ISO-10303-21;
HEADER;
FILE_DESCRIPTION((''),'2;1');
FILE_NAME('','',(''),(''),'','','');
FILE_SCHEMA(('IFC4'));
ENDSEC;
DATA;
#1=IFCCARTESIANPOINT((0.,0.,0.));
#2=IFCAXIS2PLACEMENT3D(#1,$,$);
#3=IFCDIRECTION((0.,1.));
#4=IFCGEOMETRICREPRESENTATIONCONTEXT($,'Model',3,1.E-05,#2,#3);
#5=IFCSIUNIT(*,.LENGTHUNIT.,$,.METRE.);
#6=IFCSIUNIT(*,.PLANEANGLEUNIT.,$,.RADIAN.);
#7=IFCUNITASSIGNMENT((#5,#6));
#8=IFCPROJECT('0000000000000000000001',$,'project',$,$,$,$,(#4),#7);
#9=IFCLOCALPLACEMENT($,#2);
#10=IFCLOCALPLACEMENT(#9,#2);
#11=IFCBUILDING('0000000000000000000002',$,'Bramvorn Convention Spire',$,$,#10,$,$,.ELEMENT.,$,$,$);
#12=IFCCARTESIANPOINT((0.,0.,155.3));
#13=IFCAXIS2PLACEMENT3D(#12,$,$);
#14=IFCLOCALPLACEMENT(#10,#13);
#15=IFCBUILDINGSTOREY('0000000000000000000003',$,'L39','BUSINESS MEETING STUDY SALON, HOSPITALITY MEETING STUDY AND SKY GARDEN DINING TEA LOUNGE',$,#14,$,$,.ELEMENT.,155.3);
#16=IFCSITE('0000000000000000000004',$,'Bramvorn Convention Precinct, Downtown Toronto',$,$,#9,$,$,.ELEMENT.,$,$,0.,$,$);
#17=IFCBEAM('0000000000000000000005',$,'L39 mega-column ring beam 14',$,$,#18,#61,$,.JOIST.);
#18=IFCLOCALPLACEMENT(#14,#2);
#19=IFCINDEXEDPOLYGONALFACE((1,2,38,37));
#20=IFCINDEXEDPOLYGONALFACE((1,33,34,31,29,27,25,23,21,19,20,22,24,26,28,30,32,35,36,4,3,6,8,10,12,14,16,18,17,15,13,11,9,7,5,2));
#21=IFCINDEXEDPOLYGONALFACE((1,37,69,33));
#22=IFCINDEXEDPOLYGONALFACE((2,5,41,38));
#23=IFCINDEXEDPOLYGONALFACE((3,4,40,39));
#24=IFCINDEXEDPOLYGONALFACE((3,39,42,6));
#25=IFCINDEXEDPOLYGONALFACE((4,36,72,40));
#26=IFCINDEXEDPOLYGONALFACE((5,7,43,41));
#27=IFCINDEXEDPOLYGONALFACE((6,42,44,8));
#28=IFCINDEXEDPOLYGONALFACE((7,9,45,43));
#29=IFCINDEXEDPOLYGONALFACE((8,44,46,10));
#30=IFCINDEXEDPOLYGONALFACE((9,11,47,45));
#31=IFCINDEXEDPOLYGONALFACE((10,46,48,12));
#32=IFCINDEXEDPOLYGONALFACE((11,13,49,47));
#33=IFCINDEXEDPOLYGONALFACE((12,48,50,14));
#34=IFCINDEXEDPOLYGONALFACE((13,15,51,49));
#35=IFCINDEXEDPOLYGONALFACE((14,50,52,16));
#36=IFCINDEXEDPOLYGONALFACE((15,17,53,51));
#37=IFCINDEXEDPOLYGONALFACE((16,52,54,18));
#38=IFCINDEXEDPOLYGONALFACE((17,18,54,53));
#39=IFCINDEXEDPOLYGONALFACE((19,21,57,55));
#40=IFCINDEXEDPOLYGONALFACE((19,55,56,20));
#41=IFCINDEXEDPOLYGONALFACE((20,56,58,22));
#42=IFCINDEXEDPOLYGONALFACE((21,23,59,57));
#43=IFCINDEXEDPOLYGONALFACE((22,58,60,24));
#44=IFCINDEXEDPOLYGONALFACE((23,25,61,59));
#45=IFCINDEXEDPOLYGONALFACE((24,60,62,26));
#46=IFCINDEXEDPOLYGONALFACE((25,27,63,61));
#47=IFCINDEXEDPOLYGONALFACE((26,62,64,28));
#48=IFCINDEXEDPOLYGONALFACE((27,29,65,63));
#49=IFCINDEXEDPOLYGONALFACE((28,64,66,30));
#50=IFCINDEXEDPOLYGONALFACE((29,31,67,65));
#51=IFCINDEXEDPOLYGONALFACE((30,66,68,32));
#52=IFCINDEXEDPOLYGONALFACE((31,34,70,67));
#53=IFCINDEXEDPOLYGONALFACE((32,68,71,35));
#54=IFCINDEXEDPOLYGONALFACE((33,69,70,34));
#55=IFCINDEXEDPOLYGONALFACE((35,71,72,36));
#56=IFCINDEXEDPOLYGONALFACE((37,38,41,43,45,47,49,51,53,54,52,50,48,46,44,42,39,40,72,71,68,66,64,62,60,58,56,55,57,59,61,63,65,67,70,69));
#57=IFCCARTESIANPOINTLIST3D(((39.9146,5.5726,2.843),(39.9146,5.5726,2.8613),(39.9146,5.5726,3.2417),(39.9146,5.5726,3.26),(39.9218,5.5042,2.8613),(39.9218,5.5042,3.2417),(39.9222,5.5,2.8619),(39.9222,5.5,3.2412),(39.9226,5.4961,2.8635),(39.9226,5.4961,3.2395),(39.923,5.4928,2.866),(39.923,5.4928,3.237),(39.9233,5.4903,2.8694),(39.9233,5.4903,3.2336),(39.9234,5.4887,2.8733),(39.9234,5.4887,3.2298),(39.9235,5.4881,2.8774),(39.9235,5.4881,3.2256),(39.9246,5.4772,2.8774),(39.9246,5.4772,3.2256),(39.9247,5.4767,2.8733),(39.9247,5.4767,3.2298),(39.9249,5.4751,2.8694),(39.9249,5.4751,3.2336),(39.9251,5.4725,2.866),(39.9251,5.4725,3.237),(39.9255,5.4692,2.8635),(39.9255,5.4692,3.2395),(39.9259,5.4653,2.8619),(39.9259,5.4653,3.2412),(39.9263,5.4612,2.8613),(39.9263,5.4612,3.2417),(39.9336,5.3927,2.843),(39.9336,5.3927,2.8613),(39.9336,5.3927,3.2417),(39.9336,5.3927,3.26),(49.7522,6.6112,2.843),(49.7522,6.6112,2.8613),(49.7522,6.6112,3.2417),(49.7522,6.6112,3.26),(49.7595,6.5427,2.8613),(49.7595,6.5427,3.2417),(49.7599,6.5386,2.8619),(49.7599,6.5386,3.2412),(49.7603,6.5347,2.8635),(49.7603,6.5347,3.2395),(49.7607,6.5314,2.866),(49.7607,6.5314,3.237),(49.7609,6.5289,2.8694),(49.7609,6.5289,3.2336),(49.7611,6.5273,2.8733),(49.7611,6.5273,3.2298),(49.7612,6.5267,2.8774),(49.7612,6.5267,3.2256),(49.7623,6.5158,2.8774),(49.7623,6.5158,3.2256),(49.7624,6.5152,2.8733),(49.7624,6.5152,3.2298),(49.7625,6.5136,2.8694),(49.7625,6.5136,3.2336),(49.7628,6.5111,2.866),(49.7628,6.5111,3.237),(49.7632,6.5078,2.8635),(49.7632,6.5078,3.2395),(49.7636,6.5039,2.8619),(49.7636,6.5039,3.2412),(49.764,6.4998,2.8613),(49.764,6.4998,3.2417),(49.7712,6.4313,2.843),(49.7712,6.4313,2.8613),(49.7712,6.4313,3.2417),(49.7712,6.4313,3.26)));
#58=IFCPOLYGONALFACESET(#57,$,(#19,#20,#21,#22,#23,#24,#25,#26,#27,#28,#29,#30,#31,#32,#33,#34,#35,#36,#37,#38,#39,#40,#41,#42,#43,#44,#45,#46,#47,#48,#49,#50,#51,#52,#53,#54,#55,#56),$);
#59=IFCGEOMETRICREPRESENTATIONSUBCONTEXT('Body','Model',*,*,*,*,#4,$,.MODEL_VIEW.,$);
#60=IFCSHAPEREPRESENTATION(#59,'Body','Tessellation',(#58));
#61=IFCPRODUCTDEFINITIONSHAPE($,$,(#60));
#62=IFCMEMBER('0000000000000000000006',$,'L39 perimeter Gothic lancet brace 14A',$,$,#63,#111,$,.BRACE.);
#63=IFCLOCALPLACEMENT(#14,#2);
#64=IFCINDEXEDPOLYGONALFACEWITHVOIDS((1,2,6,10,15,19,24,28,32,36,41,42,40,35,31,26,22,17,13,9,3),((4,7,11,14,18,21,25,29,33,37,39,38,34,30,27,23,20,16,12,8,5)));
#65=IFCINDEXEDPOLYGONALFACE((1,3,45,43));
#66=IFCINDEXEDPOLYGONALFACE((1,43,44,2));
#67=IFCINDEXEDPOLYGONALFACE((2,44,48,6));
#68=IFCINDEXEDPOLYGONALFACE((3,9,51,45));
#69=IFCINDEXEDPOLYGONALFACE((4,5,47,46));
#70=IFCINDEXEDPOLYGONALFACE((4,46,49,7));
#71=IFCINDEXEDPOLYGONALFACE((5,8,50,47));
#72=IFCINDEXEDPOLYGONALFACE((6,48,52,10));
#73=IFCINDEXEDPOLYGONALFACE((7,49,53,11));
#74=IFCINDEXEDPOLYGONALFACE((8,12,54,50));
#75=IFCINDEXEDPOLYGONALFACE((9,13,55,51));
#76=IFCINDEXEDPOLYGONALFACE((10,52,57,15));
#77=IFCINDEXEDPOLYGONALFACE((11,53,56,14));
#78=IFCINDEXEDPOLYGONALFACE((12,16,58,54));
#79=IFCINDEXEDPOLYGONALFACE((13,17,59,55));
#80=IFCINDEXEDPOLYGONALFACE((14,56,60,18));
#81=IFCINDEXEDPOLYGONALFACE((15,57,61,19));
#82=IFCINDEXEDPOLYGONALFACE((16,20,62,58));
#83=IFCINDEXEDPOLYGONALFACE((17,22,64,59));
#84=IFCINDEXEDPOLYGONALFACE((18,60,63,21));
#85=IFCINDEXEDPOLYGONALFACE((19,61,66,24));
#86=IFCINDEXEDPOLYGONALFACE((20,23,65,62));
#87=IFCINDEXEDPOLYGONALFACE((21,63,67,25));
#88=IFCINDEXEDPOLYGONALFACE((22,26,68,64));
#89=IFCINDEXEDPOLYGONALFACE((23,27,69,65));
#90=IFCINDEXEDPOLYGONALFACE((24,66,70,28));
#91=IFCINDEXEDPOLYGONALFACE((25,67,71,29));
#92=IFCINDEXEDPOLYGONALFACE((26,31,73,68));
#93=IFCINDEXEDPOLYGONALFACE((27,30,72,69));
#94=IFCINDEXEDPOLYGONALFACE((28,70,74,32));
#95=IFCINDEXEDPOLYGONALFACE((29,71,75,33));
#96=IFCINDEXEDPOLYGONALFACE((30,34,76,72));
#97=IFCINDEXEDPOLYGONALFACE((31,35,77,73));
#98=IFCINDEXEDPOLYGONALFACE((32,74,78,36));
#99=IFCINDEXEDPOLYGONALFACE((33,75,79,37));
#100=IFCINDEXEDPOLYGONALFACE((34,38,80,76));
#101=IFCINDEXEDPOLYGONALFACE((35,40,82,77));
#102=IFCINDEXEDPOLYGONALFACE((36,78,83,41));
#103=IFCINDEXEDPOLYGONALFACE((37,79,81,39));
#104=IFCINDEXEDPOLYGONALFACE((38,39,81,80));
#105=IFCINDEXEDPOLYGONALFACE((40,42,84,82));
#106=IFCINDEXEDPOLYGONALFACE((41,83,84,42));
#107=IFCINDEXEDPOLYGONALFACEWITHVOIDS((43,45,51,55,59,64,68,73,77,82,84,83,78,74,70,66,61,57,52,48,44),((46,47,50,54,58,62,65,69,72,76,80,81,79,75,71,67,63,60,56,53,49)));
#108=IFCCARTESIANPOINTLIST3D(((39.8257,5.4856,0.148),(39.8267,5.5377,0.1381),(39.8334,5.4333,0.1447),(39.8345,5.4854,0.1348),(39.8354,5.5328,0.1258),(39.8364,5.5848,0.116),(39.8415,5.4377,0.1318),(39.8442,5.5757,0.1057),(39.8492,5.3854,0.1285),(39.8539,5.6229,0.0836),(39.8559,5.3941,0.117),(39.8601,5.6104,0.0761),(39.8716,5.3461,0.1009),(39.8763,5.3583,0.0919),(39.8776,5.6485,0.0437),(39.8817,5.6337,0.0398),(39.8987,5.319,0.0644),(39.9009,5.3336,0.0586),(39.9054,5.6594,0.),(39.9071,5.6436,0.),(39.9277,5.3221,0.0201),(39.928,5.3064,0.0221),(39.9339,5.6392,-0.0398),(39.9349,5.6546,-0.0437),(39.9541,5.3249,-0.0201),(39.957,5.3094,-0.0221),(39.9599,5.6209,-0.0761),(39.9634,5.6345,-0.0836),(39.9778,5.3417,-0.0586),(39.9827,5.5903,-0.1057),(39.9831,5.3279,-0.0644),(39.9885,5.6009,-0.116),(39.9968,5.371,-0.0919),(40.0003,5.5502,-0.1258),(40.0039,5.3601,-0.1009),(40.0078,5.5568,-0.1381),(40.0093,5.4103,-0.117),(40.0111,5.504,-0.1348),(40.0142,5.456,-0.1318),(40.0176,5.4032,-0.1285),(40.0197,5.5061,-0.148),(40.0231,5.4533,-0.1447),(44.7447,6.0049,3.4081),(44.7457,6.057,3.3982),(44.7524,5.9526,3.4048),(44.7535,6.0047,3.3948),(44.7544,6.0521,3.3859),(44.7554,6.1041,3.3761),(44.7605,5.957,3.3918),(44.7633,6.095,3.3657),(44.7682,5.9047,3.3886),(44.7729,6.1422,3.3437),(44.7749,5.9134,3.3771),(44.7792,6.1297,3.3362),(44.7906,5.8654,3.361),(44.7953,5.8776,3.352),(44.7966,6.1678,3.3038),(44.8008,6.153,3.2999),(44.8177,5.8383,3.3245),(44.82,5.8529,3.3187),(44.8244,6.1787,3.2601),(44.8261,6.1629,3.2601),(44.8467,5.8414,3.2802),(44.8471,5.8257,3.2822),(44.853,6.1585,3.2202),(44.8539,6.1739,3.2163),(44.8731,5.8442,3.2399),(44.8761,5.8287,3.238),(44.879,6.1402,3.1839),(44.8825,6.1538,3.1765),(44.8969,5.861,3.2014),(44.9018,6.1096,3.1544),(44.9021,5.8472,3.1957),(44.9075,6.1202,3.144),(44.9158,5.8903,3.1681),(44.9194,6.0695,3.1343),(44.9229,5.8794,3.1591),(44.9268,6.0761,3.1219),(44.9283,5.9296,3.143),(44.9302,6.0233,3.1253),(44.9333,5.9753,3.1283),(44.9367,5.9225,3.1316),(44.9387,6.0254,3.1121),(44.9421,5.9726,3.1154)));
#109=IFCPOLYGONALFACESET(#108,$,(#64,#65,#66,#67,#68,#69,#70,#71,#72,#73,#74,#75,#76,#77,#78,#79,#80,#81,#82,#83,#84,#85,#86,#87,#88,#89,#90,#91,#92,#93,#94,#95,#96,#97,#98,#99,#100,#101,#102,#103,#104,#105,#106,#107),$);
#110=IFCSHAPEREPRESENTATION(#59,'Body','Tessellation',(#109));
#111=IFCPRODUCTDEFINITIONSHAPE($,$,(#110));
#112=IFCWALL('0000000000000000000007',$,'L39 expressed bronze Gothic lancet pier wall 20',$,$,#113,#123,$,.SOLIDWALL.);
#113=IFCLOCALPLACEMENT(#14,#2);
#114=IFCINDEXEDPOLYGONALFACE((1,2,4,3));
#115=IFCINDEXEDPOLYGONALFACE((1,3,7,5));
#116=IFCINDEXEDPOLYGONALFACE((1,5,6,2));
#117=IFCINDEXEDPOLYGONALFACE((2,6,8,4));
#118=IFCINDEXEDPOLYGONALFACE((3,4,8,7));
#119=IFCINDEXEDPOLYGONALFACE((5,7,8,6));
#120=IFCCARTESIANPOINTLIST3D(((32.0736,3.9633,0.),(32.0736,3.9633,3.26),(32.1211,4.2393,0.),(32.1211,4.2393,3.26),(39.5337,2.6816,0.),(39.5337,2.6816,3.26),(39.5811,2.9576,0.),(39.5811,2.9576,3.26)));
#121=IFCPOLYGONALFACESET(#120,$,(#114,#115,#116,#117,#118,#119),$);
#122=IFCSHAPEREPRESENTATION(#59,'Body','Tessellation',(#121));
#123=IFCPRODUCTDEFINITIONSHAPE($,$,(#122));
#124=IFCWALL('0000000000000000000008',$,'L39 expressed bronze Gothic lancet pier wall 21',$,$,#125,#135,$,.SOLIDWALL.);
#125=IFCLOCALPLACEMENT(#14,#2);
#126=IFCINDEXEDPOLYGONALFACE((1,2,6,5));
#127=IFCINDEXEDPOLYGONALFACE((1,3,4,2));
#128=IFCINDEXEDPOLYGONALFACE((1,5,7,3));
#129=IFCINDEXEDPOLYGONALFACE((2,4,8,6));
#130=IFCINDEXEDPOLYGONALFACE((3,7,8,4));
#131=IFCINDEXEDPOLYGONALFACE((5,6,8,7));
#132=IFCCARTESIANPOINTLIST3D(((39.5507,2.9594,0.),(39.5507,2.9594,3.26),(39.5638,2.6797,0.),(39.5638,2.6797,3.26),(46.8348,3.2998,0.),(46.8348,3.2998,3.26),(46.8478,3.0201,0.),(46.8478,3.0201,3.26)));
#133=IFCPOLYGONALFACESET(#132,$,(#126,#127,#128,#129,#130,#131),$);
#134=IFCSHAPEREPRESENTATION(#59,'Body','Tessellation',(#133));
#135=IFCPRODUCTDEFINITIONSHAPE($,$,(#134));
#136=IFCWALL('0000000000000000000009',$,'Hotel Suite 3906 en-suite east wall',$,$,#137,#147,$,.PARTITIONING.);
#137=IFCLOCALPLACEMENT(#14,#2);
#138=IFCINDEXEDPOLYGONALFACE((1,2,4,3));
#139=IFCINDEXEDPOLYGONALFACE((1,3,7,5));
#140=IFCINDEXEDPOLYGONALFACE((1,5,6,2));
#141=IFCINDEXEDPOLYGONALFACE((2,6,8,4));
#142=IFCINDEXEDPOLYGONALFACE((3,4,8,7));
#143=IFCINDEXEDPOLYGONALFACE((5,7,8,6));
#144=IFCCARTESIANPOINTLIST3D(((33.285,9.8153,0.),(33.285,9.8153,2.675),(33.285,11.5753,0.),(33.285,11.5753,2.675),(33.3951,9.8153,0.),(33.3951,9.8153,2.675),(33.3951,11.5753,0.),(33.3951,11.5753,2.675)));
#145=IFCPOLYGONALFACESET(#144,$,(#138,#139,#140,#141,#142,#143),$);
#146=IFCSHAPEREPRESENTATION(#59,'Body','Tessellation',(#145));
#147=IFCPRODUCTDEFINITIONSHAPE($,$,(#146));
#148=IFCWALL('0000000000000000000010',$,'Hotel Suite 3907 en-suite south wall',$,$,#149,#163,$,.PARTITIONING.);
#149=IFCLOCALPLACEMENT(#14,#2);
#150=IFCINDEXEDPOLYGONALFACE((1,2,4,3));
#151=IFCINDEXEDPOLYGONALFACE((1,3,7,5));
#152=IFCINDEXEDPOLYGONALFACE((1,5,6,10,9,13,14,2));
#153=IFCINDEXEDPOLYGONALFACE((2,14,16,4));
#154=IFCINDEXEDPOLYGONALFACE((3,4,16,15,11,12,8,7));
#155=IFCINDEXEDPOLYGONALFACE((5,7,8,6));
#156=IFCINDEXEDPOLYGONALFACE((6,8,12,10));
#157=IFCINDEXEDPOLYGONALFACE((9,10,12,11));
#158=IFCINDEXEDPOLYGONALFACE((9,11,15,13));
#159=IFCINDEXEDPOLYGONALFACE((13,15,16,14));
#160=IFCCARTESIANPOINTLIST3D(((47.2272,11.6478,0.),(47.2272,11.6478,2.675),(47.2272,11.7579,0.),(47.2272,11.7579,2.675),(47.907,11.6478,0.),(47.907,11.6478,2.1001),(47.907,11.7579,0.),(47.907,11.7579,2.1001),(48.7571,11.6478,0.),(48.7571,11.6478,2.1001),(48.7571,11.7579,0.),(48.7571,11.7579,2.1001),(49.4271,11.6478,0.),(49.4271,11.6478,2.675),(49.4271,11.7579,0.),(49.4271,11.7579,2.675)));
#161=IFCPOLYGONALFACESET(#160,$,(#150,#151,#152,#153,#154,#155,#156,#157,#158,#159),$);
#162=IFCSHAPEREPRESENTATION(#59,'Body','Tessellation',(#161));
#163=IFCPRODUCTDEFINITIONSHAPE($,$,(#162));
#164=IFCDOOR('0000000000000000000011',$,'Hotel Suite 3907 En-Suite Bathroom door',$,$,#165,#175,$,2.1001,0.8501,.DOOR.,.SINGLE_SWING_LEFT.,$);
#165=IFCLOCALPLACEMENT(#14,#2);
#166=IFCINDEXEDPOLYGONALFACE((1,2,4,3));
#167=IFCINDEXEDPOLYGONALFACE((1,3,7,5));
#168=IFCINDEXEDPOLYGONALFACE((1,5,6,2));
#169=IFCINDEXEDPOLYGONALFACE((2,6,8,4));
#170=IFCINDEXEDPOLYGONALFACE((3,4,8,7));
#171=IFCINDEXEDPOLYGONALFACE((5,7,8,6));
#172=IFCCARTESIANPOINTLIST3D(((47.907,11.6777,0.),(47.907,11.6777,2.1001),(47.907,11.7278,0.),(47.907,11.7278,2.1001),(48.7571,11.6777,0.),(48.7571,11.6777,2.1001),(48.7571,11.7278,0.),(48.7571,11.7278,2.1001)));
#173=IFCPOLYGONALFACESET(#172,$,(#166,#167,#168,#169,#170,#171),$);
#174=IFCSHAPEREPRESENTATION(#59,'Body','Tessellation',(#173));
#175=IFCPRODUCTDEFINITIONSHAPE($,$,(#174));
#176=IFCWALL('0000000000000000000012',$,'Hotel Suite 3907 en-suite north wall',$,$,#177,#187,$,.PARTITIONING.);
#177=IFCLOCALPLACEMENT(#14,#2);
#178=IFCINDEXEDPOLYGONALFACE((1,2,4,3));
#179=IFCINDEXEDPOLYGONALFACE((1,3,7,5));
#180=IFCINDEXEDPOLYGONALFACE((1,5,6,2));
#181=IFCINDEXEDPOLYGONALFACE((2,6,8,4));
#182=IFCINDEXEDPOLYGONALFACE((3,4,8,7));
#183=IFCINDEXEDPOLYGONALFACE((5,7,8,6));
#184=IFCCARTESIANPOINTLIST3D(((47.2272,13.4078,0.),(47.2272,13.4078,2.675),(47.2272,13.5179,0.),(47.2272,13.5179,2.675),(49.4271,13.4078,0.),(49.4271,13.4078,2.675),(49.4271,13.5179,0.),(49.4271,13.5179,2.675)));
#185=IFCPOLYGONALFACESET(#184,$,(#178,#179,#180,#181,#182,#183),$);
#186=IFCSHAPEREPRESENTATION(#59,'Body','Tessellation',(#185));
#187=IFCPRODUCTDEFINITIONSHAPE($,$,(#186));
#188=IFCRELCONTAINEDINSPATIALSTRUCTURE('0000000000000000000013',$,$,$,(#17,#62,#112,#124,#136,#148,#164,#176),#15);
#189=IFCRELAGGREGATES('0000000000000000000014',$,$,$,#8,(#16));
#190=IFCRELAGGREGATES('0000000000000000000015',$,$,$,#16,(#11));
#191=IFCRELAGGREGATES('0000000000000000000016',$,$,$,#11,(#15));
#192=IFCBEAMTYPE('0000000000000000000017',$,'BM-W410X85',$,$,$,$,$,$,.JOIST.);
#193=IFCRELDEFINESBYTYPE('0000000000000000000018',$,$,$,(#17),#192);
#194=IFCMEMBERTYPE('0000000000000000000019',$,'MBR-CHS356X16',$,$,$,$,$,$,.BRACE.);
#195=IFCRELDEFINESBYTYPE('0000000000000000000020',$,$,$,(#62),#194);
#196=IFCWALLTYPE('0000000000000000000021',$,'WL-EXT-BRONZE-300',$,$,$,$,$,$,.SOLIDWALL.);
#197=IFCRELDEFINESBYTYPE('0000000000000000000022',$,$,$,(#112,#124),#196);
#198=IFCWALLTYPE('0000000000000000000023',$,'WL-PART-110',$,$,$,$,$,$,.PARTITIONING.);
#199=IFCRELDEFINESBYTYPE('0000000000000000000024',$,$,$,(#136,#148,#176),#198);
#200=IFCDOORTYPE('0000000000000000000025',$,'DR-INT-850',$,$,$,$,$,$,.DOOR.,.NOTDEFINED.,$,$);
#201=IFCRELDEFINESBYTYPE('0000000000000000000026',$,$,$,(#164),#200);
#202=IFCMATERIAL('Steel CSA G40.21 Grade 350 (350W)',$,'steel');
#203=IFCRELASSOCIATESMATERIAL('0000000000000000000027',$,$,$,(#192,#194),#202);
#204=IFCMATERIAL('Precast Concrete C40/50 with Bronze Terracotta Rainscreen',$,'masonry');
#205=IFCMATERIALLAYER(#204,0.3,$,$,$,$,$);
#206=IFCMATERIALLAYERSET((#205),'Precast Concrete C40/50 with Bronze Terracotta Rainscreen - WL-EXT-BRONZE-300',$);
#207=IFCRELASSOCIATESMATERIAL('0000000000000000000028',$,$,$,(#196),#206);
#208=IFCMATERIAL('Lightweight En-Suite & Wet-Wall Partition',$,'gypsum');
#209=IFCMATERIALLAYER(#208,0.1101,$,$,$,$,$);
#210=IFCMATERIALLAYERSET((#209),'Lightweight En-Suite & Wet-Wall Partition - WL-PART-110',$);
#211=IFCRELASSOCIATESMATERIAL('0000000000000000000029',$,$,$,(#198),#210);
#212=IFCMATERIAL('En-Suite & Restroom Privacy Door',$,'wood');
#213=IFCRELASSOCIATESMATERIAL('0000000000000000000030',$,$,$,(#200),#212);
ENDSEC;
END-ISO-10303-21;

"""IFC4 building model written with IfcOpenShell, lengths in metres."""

from ifc_helpers import new_model, si_unit, direction, frame, frame_2d, origin, origin_2d, place, context, subcontext, project, spatial, rectangle, hollow_circle, i_section, extrude, material, layer, layer_set, material_profile, profile_set, type_object, element, fill, save


model = new_model("IFC4")

# Units and contexts
model_context = context("Model", 3, precision=1e-05, world=origin(), true_north=direction((0.0, 1.0)))
body_context = subcontext(model_context, "Body", "Model", "MODEL_VIEW")
ifc_project = project(units=[si_unit("LENGTHUNIT", "METRE"), si_unit("PLANEANGLEUNIT", "RADIAN")], contexts=[model_context])

# Site, building, storey
site_placement = place(None, origin())
site = spatial("IfcSite", under=ifc_project, at=site_placement, Name="Bramvorn Convention Precinct, Downtown Toronto", CompositionType="ELEMENT", RefElevation=0.0)
building_placement = place(site_placement, origin())
building = spatial("IfcBuilding", under=site, at=building_placement, Name="Bramvorn Convention Spire", CompositionType="ELEMENT")
storey_placement = place(building_placement, frame((0.0, 0.0, 155.3)))
storey = spatial("IfcBuildingStorey", under=building, at=storey_placement, Name="L39", Description="BUSINESS MEETING STUDY SALON, HOSPITALITY MEETING STUDY AND SKY GARDEN DINING TEA LOUNGE", CompositionType="ELEMENT", Elevation=155.3)

# Shared definitions
ifc_material_1 = material(Name="Steel CSA G40.21 Grade 350 (350W)", Category="steel")

# Beam
ifc_material_profile_1 = material_profile(ifc_material_1, i_section(OverallWidth=0.1809, OverallDepth=0.417, WebThickness=0.011, FlangeThickness=0.0183, FilletRadius=0.0161, at=origin_2d()))
ifc_profile_set_1 = profile_set([ifc_material_profile_1], Name="Steel CSA G40.21 Grade 350 (350W) - W410X85")
beam_type_1 = type_object("IfcBeamType", Name="BM-W410X85", PredefinedType="JOIST", material=ifc_profile_set_1)
beam_1_placement = place(storey_placement, frame((39.9241, 5.4827, 3.0515), z_axis=(0.994473, 0.104988, 0.0), x_axis=(-0.104988, 0.994473, 0.0)))
element("IfcBeam", 1, at=beam_1_placement, inside=storey, type_object=beam_type_1, Name="L39 mega-column ring beam 14", PredefinedType="JOIST", context=body_context, shape_type="SweptSolid", body=[
    extrude(i_section(OverallWidth=0.1809, OverallDepth=0.417, WebThickness=0.011, FlangeThickness=0.0183, FilletRadius=0.0161, at=origin_2d()), origin(), (0.0, 0.0, 1.0), 9.8923),
])

# Member
ifc_material_profile_2 = material_profile(ifc_material_1, hollow_circle(Radius=0.1777, WallThickness=0.0159, at=origin_2d()))
ifc_profile_set_2 = profile_set([ifc_material_profile_2], Name="Steel CSA G40.21 Grade 350 (350W) - CHS356X16")
member_type = type_object("IfcMemberType", Name="MBR-CHS356X16", PredefinedType="BRACE", material=ifc_profile_set_2)
member_placement = place(storey_placement, frame((39.9241, 5.4827, 0.0), z_axis=(0.830347, 0.087659, 0.550309), x_axis=(-0.104985, 0.994474, 0.0)))
element("IfcMember", 2, at=member_placement, inside=storey, type_object=member_type, Name="L39 perimeter Gothic lancet brace 14A", PredefinedType="BRACE", context=body_context, shape_type="SweptSolid", body=[
    extrude(hollow_circle(Radius=0.1777, WallThickness=0.0159, at=origin_2d()), origin(), (0.0, 0.0, 1.0), 5.9241),
])

# Walls
ifc_material_2 = material(Name="Precast Concrete C40/50 with Bronze Terracotta Rainscreen", Category="masonry")
ifc_layer_1 = layer(ifc_material_2, 0.3)
ifc_layer_set_1 = layer_set([ifc_layer_1], Name="Precast Concrete C40/50 with Bronze Terracotta Rainscreen - WL-EXT-BRONZE-300")
wall_type_1 = type_object("IfcWallType", Name="WL-EXT-BRONZE-300", PredefinedType="SOLIDWALL", material=ifc_layer_set_1)
wall_1_placement = place(storey_placement, frame((39.5574, 2.8196, 0.0), z_axis=(0.0, 0.0, 1.0), x_axis=(-0.985559, 0.169334, 0.0)))
element("IfcWall", 3, at=wall_1_placement, inside=storey, type_object=wall_type_1, Name="L39 expressed bronze Gothic lancet pier wall 20", PredefinedType="SOLIDWALL", context=body_context, shape_type="SweptSolid", body=[
    extrude(rectangle(XDim=7.5693, YDim=0.28, at=frame_2d((3.7847, 0.0))), origin(), (0.0, 0.0, 1.0), 3.26),
])
wall_2_placement = place(storey_placement, frame((46.8413, 3.1599, 0.0), z_axis=(0.0, 0.0, 1.0), x_axis=(-0.99891, -0.046673, 0.0)))
element("IfcWall", 4, at=wall_2_placement, inside=storey, type_object=wall_type_1, Name="L39 expressed bronze Gothic lancet pier wall 21", PredefinedType="SOLIDWALL", context=body_context, shape_type="SweptSolid", body=[
    extrude(rectangle(XDim=7.292, YDim=0.28, at=frame_2d((3.646, 0.0))), origin(), (0.0, 0.0, 1.0), 3.26),
])
ifc_material_3 = material(Name="Lightweight En-Suite & Wet-Wall Partition", Category="gypsum")
ifc_layer_2 = layer(ifc_material_3, 0.1101)
ifc_layer_set_2 = layer_set([ifc_layer_2], Name="Lightweight En-Suite & Wet-Wall Partition - WL-PART-110")
wall_type_2 = type_object("IfcWallType", Name="WL-PART-110", PredefinedType="PARTITIONING", material=ifc_layer_set_2)
wall_3_placement = place(storey_placement, frame((33.3401, 9.8154, 0.0), z_axis=(0.0, 0.0, 1.0), x_axis=(0.0, 1.0, 0.0)))
element("IfcWall", 5, at=wall_3_placement, inside=storey, type_object=wall_type_2, Name="Hotel Suite 3906 en-suite east wall", PredefinedType="PARTITIONING", context=body_context, shape_type="SweptSolid", body=[
    extrude(rectangle(XDim=1.76, YDim=0.1101, at=frame_2d((0.8799, 0.0))), origin(), (0.0, 0.0, 1.0), 2.675),
])

# Wall, opening, door
wall_4_placement = place(storey_placement, frame((47.2271, 11.7029, 0.0), z_axis=(0.0, 0.0, 1.0), x_axis=(1.0, 0.0, 0.0)))
wall_4 = element("IfcWall", 6, at=wall_4_placement, inside=storey, type_object=wall_type_2, Name="Hotel Suite 3907 en-suite south wall", PredefinedType="PARTITIONING", context=body_context, shape_type="SweptSolid", body=[
    extrude(rectangle(XDim=2.2, YDim=0.1101, at=frame_2d((1.1001, 0.0))), origin(), (0.0, 0.0, 1.0), 2.675),
])
opening_1_placement = place(wall_4_placement, frame((0.6799, 0.0, 0.0)))
opening_1 = element("IfcOpeningElement", 7, at=opening_1_placement, cuts=wall_4, PredefinedType="OPENING", context=body_context, shape_type="SweptSolid", body=[
    extrude(rectangle(XDim=0.8501, YDim=2.1001, at=frame_2d((0.425, 1.05))), frame((0.0, 0.0649, 0.0), z_axis=(0.0, -1.0, 0.0), x_axis=(1.0, 0.0, 0.0)), (0.0, 0.0, 1.0), 0.1301),
])
ifc_material_4 = material(Name="En-Suite & Restroom Privacy Door", Category="wood")
door_type_1 = type_object("IfcDoorType", Name="DR-INT-850", OperationType="NOTDEFINED", PredefinedType="DOOR", material=ifc_material_4)
door_1_placement = place(opening_1_placement, origin())
door_1 = element("IfcDoor", 8, at=door_1_placement, inside=storey, type_object=door_type_1, Name="Hotel Suite 3907 En-Suite Bathroom door", OperationType="SINGLE_SWING_LEFT", OverallHeight=2.1001, OverallWidth=0.8501, PredefinedType="DOOR", context=body_context, shape_type="SweptSolid", body=[
    extrude(rectangle(XDim=0.8501, YDim=2.1001, at=frame_2d((0.425, 1.05))), frame((0.0, 0.0249, 0.0), z_axis=(0.0, -1.0, 0.0), x_axis=(1.0, 0.0, 0.0)), (0.0, 0.0, 1.0), 0.05),
])
fill(opening_1, door_1)

# Wall
wall_5_placement = place(storey_placement, frame((47.2271, 13.4629, 0.0), z_axis=(0.0, 0.0, 1.0), x_axis=(1.0, 0.0, 0.0)))
element("IfcWall", 9, at=wall_5_placement, inside=storey, type_object=wall_type_2, Name="Hotel Suite 3907 en-suite north wall", PredefinedType="PARTITIONING", context=body_context, shape_type="SweptSolid", body=[
    extrude(rectangle(XDim=2.2, YDim=0.1101, at=frame_2d((1.1001, 0.0))), origin(), (0.0, 0.0, 1.0), 2.675),
])

save(model, "model.ifc")
